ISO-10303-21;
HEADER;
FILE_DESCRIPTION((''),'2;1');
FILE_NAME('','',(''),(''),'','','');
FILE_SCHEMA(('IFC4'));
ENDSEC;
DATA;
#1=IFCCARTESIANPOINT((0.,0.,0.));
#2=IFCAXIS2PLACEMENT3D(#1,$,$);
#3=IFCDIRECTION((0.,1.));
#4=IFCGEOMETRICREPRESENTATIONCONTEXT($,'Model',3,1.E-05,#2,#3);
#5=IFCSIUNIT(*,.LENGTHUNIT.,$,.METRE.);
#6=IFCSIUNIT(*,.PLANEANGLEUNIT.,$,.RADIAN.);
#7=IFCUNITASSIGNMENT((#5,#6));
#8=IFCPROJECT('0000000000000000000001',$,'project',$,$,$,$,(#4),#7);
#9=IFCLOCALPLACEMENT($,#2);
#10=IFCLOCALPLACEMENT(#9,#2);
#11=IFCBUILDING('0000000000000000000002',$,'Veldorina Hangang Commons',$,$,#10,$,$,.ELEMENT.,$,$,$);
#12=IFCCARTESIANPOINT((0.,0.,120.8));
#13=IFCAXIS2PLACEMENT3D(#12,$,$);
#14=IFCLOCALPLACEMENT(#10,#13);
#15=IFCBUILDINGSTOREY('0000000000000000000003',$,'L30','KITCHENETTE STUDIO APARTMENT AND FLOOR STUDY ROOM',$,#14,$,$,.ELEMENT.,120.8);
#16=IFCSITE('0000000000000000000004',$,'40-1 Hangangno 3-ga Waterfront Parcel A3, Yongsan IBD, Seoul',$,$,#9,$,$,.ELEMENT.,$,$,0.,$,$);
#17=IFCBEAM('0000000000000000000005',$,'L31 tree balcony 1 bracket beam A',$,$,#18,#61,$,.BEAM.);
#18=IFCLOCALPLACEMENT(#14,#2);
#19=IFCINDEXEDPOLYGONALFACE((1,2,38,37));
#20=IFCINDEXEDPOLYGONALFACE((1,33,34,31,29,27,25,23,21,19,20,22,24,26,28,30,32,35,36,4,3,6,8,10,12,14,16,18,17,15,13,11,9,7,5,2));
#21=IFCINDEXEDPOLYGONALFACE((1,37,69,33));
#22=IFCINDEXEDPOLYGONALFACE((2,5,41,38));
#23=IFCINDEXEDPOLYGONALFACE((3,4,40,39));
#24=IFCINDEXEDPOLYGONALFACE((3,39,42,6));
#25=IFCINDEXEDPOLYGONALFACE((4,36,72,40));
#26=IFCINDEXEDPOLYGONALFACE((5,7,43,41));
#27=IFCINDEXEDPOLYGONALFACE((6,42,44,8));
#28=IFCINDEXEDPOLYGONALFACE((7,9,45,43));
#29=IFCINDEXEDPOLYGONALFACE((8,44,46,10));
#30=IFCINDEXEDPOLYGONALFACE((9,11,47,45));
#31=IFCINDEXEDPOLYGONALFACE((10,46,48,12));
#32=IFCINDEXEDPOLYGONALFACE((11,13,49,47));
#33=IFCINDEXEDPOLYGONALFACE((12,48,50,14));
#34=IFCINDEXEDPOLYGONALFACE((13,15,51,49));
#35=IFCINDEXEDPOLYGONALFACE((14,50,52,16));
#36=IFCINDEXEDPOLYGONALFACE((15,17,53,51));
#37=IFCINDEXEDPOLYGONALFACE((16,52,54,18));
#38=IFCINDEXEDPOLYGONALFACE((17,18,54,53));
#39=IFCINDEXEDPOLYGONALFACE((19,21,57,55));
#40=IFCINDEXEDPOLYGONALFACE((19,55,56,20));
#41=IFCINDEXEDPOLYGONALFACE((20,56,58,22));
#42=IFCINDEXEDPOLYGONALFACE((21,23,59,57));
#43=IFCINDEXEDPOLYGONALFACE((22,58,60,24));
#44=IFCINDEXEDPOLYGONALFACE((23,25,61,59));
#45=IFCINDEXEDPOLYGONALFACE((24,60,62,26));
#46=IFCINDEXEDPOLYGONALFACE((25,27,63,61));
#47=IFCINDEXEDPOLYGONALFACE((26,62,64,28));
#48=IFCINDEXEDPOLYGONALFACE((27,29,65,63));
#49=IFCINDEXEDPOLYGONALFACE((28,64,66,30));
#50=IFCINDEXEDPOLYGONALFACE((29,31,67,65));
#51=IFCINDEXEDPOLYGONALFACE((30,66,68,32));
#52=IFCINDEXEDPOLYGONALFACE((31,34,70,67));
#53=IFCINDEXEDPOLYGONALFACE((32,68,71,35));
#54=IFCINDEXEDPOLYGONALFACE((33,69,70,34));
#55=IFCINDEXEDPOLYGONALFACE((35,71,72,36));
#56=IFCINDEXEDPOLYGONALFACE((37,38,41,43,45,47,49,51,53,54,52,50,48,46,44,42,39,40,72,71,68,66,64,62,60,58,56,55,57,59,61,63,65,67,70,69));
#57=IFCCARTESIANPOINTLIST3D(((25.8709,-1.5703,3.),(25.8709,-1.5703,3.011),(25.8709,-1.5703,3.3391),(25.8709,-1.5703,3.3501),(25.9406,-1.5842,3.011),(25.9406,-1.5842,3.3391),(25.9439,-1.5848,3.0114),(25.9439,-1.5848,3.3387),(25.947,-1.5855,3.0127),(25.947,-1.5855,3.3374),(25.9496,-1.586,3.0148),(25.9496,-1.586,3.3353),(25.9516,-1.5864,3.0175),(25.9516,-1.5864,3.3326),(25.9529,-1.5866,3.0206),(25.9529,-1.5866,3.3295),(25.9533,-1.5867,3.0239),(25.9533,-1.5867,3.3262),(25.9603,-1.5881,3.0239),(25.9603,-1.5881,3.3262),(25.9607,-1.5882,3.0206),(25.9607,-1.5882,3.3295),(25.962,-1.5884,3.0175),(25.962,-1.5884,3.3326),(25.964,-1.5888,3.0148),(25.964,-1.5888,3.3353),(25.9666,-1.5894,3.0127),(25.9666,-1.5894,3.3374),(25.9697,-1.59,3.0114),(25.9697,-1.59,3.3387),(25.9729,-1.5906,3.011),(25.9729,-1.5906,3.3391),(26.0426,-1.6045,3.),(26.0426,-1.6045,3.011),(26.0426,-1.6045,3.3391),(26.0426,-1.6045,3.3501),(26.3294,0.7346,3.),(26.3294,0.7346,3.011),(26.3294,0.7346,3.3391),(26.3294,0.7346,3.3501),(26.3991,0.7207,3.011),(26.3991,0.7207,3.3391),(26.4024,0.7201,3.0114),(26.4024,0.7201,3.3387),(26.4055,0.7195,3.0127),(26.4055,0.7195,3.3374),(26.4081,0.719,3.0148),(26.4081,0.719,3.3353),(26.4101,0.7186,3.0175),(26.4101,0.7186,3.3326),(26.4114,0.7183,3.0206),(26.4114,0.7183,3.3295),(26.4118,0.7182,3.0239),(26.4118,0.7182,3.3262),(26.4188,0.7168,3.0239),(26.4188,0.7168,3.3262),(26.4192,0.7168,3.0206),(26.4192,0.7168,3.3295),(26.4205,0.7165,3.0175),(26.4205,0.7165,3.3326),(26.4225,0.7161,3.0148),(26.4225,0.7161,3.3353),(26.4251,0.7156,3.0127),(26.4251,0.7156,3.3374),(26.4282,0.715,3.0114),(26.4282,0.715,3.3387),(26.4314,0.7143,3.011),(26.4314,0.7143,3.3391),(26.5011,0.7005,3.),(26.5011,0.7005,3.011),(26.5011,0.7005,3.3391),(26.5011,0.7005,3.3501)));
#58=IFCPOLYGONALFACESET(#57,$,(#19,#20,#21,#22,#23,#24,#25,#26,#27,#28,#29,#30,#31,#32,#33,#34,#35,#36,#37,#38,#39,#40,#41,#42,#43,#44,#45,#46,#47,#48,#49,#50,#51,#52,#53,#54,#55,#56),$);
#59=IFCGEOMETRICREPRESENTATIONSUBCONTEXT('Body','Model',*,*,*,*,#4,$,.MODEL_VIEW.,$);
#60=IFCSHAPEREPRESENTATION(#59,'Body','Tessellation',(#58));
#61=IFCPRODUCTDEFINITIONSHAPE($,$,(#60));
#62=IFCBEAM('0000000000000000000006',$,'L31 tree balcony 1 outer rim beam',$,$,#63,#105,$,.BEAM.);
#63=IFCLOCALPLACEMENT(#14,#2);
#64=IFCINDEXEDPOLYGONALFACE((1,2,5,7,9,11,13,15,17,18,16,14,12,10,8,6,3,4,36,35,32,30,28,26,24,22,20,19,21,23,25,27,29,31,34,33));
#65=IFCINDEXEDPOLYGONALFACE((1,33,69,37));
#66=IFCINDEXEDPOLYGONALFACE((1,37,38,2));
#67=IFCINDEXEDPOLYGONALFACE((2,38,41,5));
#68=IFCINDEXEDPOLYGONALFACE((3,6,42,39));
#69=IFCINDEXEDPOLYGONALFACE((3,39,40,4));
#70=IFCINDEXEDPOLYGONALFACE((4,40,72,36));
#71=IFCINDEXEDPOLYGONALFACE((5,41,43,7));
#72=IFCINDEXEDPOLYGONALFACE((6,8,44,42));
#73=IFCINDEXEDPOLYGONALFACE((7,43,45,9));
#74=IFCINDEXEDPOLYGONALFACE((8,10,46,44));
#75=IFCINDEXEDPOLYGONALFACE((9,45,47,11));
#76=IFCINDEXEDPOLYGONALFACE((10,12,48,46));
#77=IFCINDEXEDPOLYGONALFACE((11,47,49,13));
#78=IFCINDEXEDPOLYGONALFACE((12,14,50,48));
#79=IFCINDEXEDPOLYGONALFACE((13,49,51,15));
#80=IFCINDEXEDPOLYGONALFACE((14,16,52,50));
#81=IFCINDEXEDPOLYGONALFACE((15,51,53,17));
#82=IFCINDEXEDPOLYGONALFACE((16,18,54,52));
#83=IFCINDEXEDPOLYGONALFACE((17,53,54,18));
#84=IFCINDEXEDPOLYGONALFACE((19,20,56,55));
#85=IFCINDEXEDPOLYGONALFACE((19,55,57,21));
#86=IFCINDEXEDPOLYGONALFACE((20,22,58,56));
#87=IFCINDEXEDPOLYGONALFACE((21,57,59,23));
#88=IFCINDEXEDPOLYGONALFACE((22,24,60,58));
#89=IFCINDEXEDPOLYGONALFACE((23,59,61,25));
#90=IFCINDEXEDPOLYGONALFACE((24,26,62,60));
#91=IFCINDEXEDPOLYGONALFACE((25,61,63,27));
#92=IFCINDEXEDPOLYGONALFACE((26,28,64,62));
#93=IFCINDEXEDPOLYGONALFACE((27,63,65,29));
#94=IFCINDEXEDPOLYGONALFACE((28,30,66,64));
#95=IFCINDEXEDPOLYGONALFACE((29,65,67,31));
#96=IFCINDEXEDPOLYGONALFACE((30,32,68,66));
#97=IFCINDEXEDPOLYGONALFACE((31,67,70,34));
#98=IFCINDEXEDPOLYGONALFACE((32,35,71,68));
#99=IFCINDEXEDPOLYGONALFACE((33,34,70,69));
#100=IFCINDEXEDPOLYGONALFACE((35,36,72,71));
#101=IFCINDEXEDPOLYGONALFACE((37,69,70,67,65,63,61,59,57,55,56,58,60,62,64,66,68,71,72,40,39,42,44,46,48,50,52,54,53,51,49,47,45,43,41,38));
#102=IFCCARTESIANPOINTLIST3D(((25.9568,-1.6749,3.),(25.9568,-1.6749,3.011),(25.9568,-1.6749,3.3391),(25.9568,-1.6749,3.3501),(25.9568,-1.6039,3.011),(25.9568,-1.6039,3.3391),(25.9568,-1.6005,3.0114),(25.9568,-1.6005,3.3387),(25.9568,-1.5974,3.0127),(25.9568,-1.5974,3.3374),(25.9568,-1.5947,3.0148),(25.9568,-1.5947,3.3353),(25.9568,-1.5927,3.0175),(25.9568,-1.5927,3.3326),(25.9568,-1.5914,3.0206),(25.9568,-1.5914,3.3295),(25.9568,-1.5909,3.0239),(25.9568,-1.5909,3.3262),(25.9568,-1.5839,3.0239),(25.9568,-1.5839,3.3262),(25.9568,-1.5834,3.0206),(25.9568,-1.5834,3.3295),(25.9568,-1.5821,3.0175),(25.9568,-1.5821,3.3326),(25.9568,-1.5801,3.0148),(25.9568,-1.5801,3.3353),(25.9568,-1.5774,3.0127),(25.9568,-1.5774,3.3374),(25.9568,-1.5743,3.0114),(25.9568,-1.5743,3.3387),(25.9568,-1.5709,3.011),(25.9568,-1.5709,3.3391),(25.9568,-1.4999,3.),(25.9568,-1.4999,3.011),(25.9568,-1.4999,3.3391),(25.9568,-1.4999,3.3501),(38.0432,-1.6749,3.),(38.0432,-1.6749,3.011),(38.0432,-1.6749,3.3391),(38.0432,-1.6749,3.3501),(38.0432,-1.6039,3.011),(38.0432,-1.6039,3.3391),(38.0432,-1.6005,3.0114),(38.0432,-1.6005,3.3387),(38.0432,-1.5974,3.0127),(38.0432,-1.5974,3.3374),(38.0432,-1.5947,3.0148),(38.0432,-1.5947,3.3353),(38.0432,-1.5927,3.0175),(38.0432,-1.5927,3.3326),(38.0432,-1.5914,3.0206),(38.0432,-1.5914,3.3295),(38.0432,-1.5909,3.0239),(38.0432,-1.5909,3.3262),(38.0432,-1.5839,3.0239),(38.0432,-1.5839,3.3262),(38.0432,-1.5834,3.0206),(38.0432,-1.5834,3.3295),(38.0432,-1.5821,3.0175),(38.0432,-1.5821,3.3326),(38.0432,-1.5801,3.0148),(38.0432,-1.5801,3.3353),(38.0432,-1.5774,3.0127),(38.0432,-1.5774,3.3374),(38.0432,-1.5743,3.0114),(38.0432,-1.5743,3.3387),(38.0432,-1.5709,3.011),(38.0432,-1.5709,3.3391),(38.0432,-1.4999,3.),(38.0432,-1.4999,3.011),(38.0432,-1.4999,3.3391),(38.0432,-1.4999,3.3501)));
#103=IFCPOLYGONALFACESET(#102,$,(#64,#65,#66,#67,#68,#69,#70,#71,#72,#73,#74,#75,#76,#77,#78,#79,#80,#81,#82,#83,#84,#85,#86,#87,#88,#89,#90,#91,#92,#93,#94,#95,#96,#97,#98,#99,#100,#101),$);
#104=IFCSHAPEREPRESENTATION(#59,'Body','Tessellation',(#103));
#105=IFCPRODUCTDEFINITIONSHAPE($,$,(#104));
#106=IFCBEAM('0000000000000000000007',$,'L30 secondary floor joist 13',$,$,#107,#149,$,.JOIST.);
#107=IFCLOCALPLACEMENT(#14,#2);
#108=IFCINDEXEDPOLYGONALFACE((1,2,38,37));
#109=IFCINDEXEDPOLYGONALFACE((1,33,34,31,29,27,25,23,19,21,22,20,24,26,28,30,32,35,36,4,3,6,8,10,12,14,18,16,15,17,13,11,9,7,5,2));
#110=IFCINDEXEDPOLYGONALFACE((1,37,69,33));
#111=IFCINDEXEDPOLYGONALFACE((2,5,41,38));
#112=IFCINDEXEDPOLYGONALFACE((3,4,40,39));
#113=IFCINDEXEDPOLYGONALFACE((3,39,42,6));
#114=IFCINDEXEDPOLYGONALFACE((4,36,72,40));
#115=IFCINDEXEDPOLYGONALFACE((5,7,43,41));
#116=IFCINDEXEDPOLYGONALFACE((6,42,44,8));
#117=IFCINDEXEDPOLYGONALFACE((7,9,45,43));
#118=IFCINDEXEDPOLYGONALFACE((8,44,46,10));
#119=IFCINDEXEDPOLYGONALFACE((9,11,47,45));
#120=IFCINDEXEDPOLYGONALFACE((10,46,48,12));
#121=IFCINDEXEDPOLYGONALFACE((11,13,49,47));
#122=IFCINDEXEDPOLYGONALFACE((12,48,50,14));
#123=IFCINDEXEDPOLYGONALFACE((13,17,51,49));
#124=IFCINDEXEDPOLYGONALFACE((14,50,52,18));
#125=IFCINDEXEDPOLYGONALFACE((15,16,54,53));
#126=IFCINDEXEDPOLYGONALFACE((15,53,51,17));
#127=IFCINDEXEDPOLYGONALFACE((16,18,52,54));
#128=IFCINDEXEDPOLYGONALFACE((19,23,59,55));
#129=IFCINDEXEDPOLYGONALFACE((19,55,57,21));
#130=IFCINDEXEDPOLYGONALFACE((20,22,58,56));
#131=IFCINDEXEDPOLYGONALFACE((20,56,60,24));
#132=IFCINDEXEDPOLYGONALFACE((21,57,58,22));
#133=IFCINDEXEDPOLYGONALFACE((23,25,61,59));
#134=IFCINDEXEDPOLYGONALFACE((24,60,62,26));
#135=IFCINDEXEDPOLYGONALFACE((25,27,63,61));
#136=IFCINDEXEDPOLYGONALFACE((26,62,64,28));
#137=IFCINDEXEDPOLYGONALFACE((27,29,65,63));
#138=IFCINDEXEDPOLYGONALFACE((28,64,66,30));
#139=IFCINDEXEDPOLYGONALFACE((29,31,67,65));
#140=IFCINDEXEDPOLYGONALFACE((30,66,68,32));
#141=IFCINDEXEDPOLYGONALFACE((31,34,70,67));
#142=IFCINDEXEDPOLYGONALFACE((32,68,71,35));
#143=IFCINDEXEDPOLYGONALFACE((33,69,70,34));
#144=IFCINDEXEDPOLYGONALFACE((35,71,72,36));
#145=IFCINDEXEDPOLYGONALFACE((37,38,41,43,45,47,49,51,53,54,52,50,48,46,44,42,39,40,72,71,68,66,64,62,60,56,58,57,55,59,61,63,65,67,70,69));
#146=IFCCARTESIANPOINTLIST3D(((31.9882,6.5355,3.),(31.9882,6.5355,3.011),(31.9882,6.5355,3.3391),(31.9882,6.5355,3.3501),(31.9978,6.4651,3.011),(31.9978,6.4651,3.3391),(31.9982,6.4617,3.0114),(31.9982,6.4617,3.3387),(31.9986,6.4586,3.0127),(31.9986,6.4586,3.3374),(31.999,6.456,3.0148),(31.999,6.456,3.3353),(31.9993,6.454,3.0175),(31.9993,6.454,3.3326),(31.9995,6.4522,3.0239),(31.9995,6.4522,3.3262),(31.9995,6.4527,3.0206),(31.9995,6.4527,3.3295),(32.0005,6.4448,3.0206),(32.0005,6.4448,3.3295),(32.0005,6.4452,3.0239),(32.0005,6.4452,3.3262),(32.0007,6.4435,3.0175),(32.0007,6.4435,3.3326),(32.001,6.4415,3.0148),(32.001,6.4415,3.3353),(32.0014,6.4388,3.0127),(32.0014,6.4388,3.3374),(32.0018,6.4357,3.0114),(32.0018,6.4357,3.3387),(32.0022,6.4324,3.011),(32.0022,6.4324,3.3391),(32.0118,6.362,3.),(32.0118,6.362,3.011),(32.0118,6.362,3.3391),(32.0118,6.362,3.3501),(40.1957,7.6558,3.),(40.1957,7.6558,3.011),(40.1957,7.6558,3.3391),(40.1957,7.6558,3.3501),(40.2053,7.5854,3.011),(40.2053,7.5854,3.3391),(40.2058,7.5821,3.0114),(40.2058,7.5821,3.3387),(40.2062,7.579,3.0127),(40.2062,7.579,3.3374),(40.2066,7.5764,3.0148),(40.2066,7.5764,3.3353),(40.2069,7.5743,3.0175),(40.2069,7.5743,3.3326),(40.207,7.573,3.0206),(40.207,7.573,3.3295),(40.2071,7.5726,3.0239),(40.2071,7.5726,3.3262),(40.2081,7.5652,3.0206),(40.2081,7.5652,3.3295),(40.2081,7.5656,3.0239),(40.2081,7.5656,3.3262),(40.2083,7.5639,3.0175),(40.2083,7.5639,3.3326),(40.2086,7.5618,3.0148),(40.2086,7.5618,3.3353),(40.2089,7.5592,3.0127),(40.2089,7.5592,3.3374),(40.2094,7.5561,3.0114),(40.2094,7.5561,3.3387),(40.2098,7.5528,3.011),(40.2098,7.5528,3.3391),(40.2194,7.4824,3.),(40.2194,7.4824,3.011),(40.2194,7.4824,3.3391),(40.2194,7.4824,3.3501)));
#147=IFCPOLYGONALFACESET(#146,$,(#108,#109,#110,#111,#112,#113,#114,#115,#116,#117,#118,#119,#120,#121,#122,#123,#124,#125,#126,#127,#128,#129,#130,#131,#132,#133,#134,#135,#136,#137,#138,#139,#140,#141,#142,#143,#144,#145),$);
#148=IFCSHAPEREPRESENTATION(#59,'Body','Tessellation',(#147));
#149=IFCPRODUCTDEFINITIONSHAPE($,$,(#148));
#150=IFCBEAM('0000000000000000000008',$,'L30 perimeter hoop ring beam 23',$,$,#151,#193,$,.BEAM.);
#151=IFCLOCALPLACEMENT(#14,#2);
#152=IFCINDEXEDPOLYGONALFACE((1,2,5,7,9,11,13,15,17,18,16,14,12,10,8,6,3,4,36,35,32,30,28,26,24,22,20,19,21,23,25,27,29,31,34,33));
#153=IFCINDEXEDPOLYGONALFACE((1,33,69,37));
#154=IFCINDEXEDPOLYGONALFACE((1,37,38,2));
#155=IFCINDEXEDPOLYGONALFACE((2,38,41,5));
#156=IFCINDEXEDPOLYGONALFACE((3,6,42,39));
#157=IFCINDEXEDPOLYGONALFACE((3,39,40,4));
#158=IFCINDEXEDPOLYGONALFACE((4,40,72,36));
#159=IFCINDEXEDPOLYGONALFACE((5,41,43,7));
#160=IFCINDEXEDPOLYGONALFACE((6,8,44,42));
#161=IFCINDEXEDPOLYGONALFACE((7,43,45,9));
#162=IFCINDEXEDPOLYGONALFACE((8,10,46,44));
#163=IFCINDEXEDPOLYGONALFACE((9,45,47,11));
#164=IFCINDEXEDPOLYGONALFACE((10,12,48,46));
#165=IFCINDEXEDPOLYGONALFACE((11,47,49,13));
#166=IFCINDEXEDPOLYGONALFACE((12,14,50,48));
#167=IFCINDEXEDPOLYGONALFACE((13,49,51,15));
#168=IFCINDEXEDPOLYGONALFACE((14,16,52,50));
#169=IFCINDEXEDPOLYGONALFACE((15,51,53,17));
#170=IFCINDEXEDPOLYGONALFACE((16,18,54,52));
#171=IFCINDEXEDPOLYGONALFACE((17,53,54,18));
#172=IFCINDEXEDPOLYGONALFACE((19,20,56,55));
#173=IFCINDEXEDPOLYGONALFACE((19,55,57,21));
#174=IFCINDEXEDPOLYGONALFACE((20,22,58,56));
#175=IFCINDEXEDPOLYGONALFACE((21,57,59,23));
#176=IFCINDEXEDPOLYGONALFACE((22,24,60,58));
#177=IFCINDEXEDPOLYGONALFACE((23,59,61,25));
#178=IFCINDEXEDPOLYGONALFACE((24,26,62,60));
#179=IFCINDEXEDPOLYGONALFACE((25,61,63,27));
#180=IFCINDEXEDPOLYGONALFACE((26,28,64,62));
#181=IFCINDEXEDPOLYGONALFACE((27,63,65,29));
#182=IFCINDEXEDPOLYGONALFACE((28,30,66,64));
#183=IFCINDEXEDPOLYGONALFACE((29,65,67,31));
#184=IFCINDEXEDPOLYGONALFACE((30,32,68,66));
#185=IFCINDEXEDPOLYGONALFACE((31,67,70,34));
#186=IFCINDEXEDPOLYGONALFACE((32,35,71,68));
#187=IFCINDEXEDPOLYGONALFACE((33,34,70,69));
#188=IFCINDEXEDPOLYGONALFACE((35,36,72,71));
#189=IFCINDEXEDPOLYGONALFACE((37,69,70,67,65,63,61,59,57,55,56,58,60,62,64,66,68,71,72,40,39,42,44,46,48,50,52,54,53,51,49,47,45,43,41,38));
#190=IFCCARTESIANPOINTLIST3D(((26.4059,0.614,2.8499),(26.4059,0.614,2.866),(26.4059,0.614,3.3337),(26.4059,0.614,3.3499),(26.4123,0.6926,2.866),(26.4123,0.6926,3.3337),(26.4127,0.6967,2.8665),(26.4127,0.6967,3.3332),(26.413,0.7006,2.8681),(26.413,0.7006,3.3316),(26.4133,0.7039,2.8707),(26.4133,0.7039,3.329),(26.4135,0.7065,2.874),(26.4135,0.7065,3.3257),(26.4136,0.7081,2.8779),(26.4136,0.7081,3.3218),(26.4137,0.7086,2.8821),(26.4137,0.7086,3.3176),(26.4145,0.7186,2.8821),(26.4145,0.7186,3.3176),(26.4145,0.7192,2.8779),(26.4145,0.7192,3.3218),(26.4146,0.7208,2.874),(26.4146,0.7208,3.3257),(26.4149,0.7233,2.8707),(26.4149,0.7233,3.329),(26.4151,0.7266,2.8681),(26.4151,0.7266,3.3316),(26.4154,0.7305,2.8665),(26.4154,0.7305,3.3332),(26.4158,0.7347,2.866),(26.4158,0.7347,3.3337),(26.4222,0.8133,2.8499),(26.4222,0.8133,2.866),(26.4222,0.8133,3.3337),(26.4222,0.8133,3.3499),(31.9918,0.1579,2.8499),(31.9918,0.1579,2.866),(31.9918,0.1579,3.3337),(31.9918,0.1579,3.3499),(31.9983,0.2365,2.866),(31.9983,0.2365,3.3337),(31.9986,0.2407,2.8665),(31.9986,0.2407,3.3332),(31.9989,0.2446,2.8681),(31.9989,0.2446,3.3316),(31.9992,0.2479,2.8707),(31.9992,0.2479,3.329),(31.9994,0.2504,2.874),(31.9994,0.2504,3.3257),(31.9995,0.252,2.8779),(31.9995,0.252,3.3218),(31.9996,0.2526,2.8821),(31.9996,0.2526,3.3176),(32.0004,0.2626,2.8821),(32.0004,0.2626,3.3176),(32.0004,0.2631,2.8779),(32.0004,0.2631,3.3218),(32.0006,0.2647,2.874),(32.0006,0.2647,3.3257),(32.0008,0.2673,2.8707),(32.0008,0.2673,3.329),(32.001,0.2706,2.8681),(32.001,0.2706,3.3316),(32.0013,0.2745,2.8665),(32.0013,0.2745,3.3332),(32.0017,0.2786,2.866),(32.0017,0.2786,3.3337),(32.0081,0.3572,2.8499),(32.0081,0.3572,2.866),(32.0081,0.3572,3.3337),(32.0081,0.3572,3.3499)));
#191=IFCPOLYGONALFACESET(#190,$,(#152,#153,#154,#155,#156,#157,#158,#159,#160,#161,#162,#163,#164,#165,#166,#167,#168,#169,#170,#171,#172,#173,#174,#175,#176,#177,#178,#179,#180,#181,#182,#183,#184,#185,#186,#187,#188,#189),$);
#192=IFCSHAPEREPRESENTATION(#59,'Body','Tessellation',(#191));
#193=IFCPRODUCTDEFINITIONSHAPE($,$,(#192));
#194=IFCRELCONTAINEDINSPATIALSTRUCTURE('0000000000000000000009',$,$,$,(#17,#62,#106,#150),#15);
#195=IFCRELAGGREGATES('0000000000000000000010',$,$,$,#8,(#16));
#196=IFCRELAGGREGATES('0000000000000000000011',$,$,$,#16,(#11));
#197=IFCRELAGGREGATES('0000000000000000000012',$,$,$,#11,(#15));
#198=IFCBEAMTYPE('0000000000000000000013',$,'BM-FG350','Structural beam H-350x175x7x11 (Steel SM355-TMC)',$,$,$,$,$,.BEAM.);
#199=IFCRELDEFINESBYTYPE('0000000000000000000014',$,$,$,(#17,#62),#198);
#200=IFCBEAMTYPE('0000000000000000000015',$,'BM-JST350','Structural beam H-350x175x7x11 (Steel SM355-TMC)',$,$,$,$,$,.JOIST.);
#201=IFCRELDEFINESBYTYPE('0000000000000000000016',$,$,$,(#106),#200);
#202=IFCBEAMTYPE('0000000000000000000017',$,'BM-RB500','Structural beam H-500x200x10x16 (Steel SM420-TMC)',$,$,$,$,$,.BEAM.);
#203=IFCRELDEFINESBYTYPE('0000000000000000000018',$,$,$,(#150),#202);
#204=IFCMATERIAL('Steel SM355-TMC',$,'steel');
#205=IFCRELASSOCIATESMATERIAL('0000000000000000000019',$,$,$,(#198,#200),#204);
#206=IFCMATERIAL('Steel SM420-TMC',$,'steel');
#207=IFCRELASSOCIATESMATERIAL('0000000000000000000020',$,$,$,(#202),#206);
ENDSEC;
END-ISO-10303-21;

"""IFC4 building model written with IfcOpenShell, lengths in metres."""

from ifc_helpers import new_model, si_unit, direction, frame, origin, origin_2d, place, context, subcontext, project, spatial, i_section, extrude, material, material_profile, profile_set, type_object, element, save


model = new_model("IFC4")

# Units and contexts
model_context = context("Model", 3, precision=1e-05, world=origin(), true_north=direction((0.0, 1.0)))
body_context = subcontext(model_context, "Body", "Model", "MODEL_VIEW")
ifc_project = project(units=[si_unit("LENGTHUNIT", "METRE"), si_unit("PLANEANGLEUNIT", "RADIAN")], contexts=[model_context])

# Site, building, storey
site_placement = place(None, origin())
site = spatial("IfcSite", under=ifc_project, at=site_placement, Name="40-1 Hangangno 3-ga Waterfront Parcel A3, Yongsan IBD, Seoul", CompositionType="ELEMENT", RefElevation=0.0)
building_placement = place(site_placement, origin())
building = spatial("IfcBuilding", under=site, at=building_placement, Name="Veldorina Hangang Commons", CompositionType="ELEMENT")
storey_placement = place(building_placement, frame((0.0, 0.0, 120.8)))
storey = spatial("IfcBuildingStorey", under=building, at=storey_placement, Name="L30", Description="KITCHENETTE STUDIO APARTMENT AND FLOOR STUDY ROOM", CompositionType="ELEMENT", Elevation=120.8)

# Beams
ifc_material_1 = material(Name="Steel SM355-TMC", Category="steel")
ifc_material_profile_1 = material_profile(ifc_material_1, i_section(OverallWidth=0.175, OverallDepth=0.3501, WebThickness=0.0071, FlangeThickness=0.011, FilletRadius=0.0129, at=origin_2d()), Name="H-350x175x7x11")
ifc_profile_set_1 = profile_set([ifc_material_profile_1], Name="Steel SM355-TMC")
beam_type_1 = type_object("IfcBeamType", Name="BM-FG350", Description="Structural beam H-350x175x7x11 (Steel SM355-TMC)", PredefinedType="BEAM", material=ifc_profile_set_1)
beam_1_placement = place(storey_placement, frame((26.4153, 0.7175, 3.175), z_axis=(-0.195097, -0.980784, 0.0), x_axis=(0.980784, -0.195097, 0.0)))
element("IfcBeam", 1, at=beam_1_placement, inside=storey, type_object=beam_type_1, Name="L31 tree balcony 1 bracket beam A", PredefinedType="BEAM", context=body_context, shape_type="SweptSolid", body=[
    extrude(i_section(OverallWidth=0.175, OverallDepth=0.3501, WebThickness=0.0071, FlangeThickness=0.011, FilletRadius=0.0129, at=origin_2d()), origin(), (0.0, 0.0, 1.0), 2.3501),
])
beam_2_placement = place(storey_placement, frame((25.9568, -1.5874, 3.175), z_axis=(1.0, 0.0, 0.0), x_axis=(0.0, 1.0, 0.0)))
element("IfcBeam", 2, at=beam_2_placement, inside=storey, type_object=beam_type_1, Name="L31 tree balcony 1 outer rim beam", PredefinedType="BEAM", context=body_context, shape_type="SweptSolid", body=[
    extrude(i_section(OverallWidth=0.175, OverallDepth=0.3501, WebThickness=0.0071, FlangeThickness=0.011, FilletRadius=0.0129, at=origin_2d()), origin(), (0.0, 0.0, 1.0), 12.0864),
])
ifc_material_profile_2 = material_profile(ifc_material_1, i_section(OverallWidth=0.175, OverallDepth=0.3501, WebThickness=0.0071, FlangeThickness=0.011, FilletRadius=0.0129, at=origin_2d()), Name="H-350x175x7x11")
ifc_profile_set_2 = profile_set([ifc_material_profile_2], Name="Steel SM355-TMC")
beam_type_2 = type_object("IfcBeamType", Name="BM-JST350", Description="Structural beam H-350x175x7x11 (Steel SM355-TMC)", PredefinedType="JOIST", material=ifc_profile_set_2)
beam_3_placement = place(storey_placement, frame((32.0, 6.4487, 3.175), z_axis=(0.990812, 0.13525, 0.0), x_axis=(-0.13525, 0.990812, 0.0)))
element("IfcBeam", 3, at=beam_3_placement, inside=storey, type_object=beam_type_2, Name="L30 secondary floor joist 13", PredefinedType="JOIST", context=body_context, shape_type="SweptSolid", body=[
    extrude(i_section(OverallWidth=0.175, OverallDepth=0.3501, WebThickness=0.0071, FlangeThickness=0.011, FilletRadius=0.0129, at=origin_2d()), origin(), (0.0, 0.0, 1.0), 8.2837),
])
ifc_material_2 = material(Name="Steel SM420-TMC", Category="steel")
ifc_material_profile_3 = material_profile(ifc_material_2, i_section(OverallWidth=0.2, OverallDepth=0.5, WebThickness=0.01, FlangeThickness=0.0161, FilletRadius=0.0161, at=origin_2d()), Name="H-500x200x10x16")
ifc_profile_set_3 = profile_set([ifc_material_profile_3], Name="Steel SM420-TMC")
beam_type_3 = type_object("IfcBeamType", Name="BM-RB500", Description="Structural beam H-500x200x10x16 (Steel SM420-TMC)", PredefinedType="BEAM", material=ifc_profile_set_3)
for number, where, z_axis, x_axis, name in (
    (4, (26.4141, 0.7136, 3.0999), (0.996684, -0.081373, 0.0), (0.081373, 0.996684, 0.0), "L30 perimeter hoop ring beam 23"),
):
    element("IfcBeam", number, at=place(storey_placement, frame(where, z_axis=z_axis, x_axis=x_axis)), inside=storey, type_object=beam_type_3, Name=name, PredefinedType="BEAM", context=body_context, shape_type="SweptSolid", body=[
        extrude(i_section(OverallWidth=0.2, OverallDepth=0.5, WebThickness=0.01, FlangeThickness=0.0161, FilletRadius=0.0161, at=origin_2d()), origin(), (0.0, 0.0, 1.0), 5.6045),
    ])

save(model, "model.ifc")
